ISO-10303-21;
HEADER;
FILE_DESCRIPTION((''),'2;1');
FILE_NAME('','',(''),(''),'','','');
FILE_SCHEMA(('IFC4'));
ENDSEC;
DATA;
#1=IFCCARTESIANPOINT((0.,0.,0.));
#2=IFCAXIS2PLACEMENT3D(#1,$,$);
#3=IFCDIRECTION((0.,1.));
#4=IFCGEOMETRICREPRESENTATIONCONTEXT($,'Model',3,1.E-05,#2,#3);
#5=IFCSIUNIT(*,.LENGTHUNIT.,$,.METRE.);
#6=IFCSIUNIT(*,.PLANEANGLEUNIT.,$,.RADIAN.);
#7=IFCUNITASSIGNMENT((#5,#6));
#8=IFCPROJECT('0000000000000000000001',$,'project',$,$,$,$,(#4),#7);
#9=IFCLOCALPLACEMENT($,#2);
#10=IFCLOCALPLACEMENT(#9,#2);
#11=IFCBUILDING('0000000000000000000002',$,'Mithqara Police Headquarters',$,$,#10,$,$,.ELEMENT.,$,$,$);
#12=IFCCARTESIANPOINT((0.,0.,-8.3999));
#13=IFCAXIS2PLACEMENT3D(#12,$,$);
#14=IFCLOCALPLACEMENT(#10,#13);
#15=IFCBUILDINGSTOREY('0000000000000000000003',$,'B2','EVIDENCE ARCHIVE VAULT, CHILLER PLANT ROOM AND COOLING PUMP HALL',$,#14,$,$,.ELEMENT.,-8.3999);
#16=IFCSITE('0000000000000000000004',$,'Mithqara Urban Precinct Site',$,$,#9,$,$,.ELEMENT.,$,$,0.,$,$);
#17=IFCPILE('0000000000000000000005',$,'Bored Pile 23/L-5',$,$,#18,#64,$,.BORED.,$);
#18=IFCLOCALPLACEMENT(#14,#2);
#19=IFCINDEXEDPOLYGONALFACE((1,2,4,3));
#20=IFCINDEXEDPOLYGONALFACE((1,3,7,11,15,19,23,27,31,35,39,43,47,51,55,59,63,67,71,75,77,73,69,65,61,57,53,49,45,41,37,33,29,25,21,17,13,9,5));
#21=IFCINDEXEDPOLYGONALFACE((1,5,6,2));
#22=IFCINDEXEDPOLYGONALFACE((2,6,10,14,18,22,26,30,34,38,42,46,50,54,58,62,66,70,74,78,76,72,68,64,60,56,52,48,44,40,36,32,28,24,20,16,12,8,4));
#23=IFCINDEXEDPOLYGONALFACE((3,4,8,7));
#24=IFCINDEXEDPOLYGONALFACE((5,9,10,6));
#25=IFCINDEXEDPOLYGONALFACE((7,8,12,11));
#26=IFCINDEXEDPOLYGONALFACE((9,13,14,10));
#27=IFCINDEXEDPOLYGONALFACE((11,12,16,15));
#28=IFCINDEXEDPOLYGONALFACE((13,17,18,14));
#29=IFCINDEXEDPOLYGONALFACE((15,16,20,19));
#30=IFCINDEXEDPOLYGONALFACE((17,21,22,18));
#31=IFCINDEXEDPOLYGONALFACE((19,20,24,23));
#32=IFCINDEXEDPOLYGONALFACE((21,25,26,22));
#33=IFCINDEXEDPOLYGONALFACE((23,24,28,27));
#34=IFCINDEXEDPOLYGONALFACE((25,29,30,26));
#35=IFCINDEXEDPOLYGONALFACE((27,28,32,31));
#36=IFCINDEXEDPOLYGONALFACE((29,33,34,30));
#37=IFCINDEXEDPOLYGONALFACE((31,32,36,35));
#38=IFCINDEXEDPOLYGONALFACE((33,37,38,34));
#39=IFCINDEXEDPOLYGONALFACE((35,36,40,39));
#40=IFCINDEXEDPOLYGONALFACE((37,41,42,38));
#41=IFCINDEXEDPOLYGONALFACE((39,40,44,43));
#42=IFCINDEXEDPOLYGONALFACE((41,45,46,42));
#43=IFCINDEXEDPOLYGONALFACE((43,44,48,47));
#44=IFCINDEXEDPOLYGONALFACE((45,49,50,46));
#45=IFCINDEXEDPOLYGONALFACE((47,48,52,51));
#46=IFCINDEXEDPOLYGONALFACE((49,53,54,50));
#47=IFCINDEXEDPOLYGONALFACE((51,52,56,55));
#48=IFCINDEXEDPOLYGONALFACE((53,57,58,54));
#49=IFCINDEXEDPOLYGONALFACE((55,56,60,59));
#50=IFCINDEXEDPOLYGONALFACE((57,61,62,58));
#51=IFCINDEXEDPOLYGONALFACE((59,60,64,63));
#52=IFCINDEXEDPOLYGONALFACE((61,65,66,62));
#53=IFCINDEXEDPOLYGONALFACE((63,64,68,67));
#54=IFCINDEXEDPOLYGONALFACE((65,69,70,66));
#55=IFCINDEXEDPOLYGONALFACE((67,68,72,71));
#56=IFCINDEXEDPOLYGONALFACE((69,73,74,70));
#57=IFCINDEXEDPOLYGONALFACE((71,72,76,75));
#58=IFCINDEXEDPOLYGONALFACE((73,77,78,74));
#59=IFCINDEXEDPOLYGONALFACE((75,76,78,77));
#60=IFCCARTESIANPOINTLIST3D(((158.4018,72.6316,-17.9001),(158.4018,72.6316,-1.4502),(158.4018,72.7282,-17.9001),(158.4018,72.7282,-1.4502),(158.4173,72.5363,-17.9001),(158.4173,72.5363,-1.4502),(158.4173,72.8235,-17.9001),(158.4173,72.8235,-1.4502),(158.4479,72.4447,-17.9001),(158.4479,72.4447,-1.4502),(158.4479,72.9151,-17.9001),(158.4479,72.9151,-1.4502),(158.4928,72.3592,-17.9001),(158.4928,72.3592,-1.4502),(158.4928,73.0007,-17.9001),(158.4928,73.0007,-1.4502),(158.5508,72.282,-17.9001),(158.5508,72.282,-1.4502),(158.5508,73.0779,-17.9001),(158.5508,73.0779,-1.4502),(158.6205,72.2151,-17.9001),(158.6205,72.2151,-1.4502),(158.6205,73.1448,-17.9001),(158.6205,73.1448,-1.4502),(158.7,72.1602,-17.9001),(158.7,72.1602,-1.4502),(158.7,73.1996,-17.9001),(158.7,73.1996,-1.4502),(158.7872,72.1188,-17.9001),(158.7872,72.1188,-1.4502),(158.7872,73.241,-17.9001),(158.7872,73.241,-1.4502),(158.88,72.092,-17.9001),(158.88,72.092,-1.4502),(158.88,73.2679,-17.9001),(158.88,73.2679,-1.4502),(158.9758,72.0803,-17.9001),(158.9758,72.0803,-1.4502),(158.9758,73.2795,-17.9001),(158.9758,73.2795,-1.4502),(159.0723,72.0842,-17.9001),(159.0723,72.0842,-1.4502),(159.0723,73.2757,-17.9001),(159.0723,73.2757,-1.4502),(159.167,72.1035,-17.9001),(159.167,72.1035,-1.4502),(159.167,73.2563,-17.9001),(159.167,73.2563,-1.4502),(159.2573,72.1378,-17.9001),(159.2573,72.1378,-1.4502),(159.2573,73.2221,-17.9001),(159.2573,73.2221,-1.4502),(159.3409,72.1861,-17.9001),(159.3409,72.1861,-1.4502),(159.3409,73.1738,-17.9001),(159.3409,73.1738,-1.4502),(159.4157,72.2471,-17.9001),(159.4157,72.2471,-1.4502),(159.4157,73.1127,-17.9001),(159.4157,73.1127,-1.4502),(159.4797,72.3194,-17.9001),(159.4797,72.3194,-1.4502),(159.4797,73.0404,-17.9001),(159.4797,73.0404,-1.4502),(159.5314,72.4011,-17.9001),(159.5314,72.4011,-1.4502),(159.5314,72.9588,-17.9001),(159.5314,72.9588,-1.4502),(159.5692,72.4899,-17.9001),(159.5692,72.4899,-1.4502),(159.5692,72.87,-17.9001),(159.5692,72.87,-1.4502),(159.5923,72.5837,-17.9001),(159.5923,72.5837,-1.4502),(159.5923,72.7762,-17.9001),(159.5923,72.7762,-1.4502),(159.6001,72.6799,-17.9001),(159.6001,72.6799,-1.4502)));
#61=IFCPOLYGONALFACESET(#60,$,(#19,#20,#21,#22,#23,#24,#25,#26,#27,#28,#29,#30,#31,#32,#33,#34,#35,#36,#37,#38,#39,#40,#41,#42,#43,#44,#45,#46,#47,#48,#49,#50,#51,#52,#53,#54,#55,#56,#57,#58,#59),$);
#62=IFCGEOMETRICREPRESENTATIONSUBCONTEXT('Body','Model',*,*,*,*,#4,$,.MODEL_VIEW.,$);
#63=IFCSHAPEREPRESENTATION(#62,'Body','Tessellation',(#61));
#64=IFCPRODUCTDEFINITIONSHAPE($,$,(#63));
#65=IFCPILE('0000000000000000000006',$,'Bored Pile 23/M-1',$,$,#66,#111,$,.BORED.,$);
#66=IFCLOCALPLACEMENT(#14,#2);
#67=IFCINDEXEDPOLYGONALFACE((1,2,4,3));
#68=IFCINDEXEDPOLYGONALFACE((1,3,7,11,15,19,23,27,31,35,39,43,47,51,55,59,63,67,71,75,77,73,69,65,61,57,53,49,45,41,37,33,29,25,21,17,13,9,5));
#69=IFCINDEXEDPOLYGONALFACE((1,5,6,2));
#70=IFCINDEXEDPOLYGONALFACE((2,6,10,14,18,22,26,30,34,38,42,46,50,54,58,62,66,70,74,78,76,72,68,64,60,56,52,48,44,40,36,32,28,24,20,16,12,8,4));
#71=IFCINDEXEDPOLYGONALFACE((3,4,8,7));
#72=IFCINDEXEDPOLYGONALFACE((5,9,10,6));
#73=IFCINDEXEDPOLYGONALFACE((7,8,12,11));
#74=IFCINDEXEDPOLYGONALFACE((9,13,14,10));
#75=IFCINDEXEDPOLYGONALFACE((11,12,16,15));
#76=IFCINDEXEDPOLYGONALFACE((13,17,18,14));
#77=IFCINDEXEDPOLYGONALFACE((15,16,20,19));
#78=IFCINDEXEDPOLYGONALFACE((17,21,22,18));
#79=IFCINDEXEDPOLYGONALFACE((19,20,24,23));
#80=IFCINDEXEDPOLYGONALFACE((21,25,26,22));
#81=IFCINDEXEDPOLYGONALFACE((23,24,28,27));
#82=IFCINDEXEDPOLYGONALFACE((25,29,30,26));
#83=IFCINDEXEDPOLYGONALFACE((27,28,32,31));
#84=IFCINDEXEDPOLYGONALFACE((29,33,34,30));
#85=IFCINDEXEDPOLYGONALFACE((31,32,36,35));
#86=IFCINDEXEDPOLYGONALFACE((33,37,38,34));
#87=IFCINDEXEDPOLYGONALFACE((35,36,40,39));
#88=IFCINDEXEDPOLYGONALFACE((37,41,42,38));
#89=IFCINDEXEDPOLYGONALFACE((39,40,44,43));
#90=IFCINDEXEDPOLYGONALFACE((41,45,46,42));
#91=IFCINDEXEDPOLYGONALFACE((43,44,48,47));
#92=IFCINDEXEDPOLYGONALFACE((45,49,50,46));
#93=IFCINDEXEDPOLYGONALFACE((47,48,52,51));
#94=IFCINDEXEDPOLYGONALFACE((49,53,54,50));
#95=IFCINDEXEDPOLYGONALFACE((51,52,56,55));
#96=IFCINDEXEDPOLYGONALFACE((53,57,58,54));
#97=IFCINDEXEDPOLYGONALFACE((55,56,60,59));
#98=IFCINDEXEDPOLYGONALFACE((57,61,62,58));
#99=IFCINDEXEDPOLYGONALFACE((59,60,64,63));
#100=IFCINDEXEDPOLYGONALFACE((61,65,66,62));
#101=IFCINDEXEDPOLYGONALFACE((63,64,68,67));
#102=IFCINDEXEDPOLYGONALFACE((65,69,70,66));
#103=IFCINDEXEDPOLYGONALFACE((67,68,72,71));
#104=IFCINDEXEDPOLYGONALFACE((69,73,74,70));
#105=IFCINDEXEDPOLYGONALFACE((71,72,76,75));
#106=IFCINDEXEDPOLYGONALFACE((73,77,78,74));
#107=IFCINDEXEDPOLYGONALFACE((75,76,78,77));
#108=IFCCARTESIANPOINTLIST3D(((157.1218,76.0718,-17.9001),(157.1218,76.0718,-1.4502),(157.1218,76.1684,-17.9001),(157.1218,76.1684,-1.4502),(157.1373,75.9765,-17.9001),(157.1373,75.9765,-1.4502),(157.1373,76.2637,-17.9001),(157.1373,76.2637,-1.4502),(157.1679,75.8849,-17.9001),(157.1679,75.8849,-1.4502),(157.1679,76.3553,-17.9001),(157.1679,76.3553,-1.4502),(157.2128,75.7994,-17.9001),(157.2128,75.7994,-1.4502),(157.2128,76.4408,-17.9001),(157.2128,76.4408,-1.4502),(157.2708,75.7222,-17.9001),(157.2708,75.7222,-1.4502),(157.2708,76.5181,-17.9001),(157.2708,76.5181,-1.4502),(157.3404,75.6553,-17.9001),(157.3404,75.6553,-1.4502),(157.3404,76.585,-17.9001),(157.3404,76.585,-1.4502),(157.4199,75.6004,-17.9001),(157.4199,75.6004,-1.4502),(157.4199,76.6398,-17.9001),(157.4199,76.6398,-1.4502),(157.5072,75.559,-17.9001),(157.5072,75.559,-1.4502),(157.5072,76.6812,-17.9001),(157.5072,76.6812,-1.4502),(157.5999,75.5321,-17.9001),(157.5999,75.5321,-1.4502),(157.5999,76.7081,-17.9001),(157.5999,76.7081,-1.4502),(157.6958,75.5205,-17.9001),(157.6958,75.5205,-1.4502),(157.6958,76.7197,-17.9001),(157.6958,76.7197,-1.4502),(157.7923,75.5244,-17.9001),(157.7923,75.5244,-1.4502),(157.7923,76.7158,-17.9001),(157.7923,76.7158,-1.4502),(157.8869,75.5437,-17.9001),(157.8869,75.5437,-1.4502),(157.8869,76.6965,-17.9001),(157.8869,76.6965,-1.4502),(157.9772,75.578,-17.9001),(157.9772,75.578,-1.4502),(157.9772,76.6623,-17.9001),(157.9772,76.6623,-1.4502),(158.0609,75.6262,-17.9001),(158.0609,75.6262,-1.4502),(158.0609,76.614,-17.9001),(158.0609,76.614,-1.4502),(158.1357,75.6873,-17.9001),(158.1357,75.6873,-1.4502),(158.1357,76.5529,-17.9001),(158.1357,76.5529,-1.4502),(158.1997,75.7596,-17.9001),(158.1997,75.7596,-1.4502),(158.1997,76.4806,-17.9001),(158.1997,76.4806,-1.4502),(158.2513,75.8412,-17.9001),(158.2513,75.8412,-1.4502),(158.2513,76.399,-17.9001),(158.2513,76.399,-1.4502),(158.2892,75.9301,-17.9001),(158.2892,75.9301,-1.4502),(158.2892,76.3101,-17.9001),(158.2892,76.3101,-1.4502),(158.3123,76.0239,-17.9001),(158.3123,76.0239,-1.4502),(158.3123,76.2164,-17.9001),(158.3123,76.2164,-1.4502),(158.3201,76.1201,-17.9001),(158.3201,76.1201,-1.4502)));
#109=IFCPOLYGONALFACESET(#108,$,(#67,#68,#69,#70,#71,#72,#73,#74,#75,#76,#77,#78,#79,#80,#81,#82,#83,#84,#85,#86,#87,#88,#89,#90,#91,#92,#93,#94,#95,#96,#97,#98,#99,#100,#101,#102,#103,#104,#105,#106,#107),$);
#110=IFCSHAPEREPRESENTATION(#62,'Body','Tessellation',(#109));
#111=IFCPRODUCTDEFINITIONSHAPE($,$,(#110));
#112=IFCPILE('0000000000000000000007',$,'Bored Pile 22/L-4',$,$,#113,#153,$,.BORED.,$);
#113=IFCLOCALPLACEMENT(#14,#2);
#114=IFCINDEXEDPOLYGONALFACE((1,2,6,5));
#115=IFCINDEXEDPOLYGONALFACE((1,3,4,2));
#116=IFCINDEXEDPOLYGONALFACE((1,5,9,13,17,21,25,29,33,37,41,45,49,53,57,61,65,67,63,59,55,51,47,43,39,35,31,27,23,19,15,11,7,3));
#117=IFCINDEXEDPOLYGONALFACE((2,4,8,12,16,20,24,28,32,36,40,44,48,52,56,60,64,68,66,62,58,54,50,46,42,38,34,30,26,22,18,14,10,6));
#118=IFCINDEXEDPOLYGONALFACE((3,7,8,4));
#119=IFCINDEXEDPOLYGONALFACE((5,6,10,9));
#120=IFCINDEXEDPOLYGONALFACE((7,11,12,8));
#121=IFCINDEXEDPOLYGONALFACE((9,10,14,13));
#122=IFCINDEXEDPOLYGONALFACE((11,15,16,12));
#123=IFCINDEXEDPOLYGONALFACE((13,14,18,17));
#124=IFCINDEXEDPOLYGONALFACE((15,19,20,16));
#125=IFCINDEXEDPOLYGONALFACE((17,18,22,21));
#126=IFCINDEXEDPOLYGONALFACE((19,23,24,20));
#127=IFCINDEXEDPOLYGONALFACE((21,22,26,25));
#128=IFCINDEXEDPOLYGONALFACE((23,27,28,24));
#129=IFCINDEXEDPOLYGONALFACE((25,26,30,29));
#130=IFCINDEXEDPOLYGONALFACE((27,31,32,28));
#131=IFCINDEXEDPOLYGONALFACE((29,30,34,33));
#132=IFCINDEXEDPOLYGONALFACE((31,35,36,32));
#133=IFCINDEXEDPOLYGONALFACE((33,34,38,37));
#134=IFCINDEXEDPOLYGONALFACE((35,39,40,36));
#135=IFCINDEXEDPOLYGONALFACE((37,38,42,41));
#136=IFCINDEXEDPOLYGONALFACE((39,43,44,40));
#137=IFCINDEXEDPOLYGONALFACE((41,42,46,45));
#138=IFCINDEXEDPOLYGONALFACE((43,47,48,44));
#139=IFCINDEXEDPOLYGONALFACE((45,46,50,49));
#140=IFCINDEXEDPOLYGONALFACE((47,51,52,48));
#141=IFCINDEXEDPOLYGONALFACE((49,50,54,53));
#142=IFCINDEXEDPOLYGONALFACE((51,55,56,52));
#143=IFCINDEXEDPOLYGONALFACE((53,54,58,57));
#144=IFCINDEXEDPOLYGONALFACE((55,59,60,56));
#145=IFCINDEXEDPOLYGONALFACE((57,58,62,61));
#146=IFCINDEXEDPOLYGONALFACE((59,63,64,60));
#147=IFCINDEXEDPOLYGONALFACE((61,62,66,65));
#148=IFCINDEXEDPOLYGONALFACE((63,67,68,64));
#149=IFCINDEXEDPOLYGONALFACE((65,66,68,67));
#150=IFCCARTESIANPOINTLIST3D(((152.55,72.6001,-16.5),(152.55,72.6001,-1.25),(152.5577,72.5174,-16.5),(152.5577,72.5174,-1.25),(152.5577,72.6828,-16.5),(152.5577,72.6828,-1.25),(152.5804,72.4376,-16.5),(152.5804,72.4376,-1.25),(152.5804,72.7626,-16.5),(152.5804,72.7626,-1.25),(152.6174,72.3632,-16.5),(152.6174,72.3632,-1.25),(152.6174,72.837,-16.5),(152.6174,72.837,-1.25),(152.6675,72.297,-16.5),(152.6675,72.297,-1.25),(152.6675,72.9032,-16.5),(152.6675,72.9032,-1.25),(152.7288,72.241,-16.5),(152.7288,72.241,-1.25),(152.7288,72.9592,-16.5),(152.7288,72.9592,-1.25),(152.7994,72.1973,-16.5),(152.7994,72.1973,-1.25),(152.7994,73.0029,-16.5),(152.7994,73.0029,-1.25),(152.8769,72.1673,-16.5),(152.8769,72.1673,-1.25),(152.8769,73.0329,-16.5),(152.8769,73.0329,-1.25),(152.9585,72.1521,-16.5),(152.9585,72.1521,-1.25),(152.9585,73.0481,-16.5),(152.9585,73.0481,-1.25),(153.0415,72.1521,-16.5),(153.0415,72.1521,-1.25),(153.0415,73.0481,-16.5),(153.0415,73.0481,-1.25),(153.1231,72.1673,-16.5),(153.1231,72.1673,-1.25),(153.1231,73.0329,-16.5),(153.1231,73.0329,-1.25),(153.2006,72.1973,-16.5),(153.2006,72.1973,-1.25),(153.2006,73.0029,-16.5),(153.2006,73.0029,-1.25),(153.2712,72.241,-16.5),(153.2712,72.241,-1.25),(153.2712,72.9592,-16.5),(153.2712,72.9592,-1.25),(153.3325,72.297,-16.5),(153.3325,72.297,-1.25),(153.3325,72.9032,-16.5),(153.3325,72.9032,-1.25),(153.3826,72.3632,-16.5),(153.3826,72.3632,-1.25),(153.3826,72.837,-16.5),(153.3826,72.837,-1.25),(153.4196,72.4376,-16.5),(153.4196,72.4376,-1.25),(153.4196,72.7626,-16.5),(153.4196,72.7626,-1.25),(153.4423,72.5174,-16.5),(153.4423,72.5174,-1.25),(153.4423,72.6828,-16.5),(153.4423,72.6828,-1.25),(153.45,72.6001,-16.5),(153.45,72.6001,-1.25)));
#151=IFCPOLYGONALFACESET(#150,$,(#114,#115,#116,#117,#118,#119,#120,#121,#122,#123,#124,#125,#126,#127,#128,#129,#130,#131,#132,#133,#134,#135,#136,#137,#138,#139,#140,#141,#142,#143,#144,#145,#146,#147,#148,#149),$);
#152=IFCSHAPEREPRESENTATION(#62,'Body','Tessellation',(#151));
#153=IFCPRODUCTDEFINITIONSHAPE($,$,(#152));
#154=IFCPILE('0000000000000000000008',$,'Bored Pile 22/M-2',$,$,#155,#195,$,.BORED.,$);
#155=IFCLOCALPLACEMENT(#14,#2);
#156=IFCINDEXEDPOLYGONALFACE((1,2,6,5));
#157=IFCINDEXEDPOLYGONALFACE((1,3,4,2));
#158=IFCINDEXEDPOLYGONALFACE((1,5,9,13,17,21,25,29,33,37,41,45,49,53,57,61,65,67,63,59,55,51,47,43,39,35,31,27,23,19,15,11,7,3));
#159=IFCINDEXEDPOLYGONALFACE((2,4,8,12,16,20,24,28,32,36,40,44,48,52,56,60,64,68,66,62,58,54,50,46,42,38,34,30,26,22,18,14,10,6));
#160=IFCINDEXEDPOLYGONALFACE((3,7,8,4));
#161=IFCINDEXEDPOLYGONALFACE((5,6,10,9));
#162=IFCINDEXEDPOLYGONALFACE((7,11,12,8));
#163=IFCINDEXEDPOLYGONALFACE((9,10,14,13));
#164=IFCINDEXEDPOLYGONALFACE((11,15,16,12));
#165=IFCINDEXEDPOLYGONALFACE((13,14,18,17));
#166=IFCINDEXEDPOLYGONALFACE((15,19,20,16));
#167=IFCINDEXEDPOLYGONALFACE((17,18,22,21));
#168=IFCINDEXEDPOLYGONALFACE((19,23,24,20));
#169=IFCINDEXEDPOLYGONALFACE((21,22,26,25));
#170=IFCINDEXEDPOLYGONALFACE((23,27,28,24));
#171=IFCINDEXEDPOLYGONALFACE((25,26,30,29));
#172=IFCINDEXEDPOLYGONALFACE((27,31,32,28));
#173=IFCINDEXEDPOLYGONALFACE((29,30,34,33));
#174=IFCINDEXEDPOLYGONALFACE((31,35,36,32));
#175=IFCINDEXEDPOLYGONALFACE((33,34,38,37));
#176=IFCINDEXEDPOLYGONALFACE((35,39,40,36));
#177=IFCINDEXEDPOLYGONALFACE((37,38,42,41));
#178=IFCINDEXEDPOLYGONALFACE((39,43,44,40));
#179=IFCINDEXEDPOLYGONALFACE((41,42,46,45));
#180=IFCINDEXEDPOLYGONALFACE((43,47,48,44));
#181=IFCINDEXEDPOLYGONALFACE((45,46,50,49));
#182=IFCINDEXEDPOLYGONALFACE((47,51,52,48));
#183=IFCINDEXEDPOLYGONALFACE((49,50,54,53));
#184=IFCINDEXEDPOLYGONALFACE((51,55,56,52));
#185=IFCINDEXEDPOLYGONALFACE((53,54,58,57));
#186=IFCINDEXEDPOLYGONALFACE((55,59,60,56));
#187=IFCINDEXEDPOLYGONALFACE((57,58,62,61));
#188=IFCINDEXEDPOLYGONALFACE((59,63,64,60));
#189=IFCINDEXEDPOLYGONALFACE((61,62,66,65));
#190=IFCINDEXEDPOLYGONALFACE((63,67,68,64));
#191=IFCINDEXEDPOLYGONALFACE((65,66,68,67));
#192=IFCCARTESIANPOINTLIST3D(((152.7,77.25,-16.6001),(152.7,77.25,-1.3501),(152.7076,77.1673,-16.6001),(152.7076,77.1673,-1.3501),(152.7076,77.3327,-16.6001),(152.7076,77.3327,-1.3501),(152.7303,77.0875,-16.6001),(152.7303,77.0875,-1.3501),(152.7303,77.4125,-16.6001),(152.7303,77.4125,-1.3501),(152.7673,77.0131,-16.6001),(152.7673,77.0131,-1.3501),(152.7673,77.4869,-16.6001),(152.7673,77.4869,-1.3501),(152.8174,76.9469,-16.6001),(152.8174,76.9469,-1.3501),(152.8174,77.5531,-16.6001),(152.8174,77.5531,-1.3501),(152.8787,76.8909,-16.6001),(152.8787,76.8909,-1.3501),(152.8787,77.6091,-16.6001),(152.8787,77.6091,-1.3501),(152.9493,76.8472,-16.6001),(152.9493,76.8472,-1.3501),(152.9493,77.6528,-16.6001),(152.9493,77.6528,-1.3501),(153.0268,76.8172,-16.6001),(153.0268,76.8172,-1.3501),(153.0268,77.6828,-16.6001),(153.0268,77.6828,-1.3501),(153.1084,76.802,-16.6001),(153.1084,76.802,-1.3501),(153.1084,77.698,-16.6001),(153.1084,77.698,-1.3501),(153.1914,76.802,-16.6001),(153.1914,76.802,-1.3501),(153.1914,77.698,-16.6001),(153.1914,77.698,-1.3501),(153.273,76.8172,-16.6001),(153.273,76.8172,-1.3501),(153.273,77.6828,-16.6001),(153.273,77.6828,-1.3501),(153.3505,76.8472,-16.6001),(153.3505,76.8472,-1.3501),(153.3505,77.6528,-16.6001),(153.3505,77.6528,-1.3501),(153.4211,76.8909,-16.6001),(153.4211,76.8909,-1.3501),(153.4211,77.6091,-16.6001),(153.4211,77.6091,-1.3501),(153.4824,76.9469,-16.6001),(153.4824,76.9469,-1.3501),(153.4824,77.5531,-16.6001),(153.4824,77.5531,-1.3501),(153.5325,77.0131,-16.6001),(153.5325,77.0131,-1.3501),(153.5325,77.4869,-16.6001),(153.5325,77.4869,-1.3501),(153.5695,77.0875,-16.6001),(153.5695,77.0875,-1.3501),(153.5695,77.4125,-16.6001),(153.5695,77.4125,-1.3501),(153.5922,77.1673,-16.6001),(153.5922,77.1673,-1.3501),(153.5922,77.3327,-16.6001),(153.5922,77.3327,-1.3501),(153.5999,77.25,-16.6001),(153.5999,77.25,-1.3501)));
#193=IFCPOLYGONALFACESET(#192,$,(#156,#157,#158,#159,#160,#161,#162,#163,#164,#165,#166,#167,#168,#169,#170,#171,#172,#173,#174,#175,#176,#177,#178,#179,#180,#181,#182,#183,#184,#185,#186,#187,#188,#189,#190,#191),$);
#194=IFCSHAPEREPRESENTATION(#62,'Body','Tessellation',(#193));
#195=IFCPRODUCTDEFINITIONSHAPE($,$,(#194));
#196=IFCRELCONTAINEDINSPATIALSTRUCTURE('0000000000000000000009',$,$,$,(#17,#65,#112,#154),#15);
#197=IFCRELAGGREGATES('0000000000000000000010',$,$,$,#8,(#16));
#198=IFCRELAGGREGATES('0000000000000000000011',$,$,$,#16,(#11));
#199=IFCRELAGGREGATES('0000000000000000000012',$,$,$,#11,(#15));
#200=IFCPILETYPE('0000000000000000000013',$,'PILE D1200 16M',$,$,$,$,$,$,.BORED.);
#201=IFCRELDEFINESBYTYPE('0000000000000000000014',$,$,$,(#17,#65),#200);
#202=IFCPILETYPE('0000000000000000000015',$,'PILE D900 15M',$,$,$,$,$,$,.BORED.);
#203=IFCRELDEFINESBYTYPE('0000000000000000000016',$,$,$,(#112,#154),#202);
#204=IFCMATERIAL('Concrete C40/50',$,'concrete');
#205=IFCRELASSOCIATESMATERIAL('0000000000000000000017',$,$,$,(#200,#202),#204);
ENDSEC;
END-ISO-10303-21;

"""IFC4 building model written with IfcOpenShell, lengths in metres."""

from ifc_helpers import new_model, si_unit, direction, frame, origin, origin_2d, place, context, subcontext, project, spatial, circle, extrude, material, material_profile, profile_set, type_object, element, save


model = new_model("IFC4")

# Units and contexts
model_context = context("Model", 3, precision=1e-05, world=origin(), true_north=direction((0.0, 1.0)))
body_context = subcontext(model_context, "Body", "Model", "MODEL_VIEW")
ifc_project = project(units=[si_unit("LENGTHUNIT", "METRE"), si_unit("PLANEANGLEUNIT", "RADIAN")], contexts=[model_context])

# Site, building, storey
site_placement = place(None, origin())
site = spatial("IfcSite", under=ifc_project, at=site_placement, Name="Mithqara Urban Precinct Site", CompositionType="ELEMENT", RefElevation=0.0)
building_placement = place(site_placement, origin())
building = spatial("IfcBuilding", under=site, at=building_placement, Name="Mithqara Police Headquarters", CompositionType="ELEMENT")
storey_placement = place(building_placement, frame((0.0, 0.0, -8.3999)))
storey = spatial("IfcBuildingStorey", under=building, at=storey_placement, Name="B2", Description="EVIDENCE ARCHIVE VAULT, CHILLER PLANT ROOM AND COOLING PUMP HALL", CompositionType="ELEMENT", Elevation=-8.3999)

# Shared definitions
ifc_material_1 = material(Name="Concrete C40/50", Category="concrete")

# Piles
ifc_material_profile_1 = material_profile(ifc_material_1, circle(Radius=0.6001, at=origin_2d()), Name="PILE D1200")
ifc_profile_set_1 = profile_set([ifc_material_profile_1], Name="Concrete C40/50")
pile_type_1 = type_object("IfcPileType", Name="PILE D1200 16M", PredefinedType="BORED", material=ifc_profile_set_1)
for number, where, z_axis, x_axis, name in (
    (1, (159.0, 72.6799, -1.4502), (0.0, 0.0, -1.0), (1.0, 0.0, 0.0), "Bored Pile 23/L-5"),
    (2, (157.72, 76.1201, -1.4502), (0.0, 0.0, -1.0), (1.0, 0.0, 0.0), "Bored Pile 23/M-1"),
):
    element("IfcPile", number, at=place(storey_placement, frame(where, z_axis=z_axis, x_axis=x_axis)), inside=storey, type_object=pile_type_1, Name=name, PredefinedType="BORED", context=body_context, shape_type="SweptSolid", body=[
        extrude(circle(Radius=0.6001, at=origin_2d()), origin(), (0.0, 0.0, 1.0), 16.45),
    ])
ifc_material_profile_2 = material_profile(ifc_material_1, circle(Radius=0.45, at=origin_2d()), Name="PILE D900")
ifc_profile_set_2 = profile_set([ifc_material_profile_2], Name="Concrete C40/50")
pile_type_2 = type_object("IfcPileType", Name="PILE D900 15M", PredefinedType="BORED", material=ifc_profile_set_2)
for number, where, z_axis, x_axis, name in (
    (3, (153.0, 72.6001, -1.25), (0.0, 0.0, -1.0), (1.0, 0.0, 0.0), "Bored Pile 22/L-4"),
    (4, (153.1499, 77.25, -1.3501), (0.0, 0.0, -1.0), (1.0, 0.0, 0.0), "Bored Pile 22/M-2"),
):
    element("IfcPile", number, at=place(storey_placement, frame(where, z_axis=z_axis, x_axis=x_axis)), inside=storey, type_object=pile_type_2, Name=name, PredefinedType="BORED", context=body_context, shape_type="SweptSolid", body=[
        extrude(circle(Radius=0.45, at=origin_2d()), origin(), (0.0, 0.0, 1.0), 15.25),
    ])

save(model, "model.ifc")
